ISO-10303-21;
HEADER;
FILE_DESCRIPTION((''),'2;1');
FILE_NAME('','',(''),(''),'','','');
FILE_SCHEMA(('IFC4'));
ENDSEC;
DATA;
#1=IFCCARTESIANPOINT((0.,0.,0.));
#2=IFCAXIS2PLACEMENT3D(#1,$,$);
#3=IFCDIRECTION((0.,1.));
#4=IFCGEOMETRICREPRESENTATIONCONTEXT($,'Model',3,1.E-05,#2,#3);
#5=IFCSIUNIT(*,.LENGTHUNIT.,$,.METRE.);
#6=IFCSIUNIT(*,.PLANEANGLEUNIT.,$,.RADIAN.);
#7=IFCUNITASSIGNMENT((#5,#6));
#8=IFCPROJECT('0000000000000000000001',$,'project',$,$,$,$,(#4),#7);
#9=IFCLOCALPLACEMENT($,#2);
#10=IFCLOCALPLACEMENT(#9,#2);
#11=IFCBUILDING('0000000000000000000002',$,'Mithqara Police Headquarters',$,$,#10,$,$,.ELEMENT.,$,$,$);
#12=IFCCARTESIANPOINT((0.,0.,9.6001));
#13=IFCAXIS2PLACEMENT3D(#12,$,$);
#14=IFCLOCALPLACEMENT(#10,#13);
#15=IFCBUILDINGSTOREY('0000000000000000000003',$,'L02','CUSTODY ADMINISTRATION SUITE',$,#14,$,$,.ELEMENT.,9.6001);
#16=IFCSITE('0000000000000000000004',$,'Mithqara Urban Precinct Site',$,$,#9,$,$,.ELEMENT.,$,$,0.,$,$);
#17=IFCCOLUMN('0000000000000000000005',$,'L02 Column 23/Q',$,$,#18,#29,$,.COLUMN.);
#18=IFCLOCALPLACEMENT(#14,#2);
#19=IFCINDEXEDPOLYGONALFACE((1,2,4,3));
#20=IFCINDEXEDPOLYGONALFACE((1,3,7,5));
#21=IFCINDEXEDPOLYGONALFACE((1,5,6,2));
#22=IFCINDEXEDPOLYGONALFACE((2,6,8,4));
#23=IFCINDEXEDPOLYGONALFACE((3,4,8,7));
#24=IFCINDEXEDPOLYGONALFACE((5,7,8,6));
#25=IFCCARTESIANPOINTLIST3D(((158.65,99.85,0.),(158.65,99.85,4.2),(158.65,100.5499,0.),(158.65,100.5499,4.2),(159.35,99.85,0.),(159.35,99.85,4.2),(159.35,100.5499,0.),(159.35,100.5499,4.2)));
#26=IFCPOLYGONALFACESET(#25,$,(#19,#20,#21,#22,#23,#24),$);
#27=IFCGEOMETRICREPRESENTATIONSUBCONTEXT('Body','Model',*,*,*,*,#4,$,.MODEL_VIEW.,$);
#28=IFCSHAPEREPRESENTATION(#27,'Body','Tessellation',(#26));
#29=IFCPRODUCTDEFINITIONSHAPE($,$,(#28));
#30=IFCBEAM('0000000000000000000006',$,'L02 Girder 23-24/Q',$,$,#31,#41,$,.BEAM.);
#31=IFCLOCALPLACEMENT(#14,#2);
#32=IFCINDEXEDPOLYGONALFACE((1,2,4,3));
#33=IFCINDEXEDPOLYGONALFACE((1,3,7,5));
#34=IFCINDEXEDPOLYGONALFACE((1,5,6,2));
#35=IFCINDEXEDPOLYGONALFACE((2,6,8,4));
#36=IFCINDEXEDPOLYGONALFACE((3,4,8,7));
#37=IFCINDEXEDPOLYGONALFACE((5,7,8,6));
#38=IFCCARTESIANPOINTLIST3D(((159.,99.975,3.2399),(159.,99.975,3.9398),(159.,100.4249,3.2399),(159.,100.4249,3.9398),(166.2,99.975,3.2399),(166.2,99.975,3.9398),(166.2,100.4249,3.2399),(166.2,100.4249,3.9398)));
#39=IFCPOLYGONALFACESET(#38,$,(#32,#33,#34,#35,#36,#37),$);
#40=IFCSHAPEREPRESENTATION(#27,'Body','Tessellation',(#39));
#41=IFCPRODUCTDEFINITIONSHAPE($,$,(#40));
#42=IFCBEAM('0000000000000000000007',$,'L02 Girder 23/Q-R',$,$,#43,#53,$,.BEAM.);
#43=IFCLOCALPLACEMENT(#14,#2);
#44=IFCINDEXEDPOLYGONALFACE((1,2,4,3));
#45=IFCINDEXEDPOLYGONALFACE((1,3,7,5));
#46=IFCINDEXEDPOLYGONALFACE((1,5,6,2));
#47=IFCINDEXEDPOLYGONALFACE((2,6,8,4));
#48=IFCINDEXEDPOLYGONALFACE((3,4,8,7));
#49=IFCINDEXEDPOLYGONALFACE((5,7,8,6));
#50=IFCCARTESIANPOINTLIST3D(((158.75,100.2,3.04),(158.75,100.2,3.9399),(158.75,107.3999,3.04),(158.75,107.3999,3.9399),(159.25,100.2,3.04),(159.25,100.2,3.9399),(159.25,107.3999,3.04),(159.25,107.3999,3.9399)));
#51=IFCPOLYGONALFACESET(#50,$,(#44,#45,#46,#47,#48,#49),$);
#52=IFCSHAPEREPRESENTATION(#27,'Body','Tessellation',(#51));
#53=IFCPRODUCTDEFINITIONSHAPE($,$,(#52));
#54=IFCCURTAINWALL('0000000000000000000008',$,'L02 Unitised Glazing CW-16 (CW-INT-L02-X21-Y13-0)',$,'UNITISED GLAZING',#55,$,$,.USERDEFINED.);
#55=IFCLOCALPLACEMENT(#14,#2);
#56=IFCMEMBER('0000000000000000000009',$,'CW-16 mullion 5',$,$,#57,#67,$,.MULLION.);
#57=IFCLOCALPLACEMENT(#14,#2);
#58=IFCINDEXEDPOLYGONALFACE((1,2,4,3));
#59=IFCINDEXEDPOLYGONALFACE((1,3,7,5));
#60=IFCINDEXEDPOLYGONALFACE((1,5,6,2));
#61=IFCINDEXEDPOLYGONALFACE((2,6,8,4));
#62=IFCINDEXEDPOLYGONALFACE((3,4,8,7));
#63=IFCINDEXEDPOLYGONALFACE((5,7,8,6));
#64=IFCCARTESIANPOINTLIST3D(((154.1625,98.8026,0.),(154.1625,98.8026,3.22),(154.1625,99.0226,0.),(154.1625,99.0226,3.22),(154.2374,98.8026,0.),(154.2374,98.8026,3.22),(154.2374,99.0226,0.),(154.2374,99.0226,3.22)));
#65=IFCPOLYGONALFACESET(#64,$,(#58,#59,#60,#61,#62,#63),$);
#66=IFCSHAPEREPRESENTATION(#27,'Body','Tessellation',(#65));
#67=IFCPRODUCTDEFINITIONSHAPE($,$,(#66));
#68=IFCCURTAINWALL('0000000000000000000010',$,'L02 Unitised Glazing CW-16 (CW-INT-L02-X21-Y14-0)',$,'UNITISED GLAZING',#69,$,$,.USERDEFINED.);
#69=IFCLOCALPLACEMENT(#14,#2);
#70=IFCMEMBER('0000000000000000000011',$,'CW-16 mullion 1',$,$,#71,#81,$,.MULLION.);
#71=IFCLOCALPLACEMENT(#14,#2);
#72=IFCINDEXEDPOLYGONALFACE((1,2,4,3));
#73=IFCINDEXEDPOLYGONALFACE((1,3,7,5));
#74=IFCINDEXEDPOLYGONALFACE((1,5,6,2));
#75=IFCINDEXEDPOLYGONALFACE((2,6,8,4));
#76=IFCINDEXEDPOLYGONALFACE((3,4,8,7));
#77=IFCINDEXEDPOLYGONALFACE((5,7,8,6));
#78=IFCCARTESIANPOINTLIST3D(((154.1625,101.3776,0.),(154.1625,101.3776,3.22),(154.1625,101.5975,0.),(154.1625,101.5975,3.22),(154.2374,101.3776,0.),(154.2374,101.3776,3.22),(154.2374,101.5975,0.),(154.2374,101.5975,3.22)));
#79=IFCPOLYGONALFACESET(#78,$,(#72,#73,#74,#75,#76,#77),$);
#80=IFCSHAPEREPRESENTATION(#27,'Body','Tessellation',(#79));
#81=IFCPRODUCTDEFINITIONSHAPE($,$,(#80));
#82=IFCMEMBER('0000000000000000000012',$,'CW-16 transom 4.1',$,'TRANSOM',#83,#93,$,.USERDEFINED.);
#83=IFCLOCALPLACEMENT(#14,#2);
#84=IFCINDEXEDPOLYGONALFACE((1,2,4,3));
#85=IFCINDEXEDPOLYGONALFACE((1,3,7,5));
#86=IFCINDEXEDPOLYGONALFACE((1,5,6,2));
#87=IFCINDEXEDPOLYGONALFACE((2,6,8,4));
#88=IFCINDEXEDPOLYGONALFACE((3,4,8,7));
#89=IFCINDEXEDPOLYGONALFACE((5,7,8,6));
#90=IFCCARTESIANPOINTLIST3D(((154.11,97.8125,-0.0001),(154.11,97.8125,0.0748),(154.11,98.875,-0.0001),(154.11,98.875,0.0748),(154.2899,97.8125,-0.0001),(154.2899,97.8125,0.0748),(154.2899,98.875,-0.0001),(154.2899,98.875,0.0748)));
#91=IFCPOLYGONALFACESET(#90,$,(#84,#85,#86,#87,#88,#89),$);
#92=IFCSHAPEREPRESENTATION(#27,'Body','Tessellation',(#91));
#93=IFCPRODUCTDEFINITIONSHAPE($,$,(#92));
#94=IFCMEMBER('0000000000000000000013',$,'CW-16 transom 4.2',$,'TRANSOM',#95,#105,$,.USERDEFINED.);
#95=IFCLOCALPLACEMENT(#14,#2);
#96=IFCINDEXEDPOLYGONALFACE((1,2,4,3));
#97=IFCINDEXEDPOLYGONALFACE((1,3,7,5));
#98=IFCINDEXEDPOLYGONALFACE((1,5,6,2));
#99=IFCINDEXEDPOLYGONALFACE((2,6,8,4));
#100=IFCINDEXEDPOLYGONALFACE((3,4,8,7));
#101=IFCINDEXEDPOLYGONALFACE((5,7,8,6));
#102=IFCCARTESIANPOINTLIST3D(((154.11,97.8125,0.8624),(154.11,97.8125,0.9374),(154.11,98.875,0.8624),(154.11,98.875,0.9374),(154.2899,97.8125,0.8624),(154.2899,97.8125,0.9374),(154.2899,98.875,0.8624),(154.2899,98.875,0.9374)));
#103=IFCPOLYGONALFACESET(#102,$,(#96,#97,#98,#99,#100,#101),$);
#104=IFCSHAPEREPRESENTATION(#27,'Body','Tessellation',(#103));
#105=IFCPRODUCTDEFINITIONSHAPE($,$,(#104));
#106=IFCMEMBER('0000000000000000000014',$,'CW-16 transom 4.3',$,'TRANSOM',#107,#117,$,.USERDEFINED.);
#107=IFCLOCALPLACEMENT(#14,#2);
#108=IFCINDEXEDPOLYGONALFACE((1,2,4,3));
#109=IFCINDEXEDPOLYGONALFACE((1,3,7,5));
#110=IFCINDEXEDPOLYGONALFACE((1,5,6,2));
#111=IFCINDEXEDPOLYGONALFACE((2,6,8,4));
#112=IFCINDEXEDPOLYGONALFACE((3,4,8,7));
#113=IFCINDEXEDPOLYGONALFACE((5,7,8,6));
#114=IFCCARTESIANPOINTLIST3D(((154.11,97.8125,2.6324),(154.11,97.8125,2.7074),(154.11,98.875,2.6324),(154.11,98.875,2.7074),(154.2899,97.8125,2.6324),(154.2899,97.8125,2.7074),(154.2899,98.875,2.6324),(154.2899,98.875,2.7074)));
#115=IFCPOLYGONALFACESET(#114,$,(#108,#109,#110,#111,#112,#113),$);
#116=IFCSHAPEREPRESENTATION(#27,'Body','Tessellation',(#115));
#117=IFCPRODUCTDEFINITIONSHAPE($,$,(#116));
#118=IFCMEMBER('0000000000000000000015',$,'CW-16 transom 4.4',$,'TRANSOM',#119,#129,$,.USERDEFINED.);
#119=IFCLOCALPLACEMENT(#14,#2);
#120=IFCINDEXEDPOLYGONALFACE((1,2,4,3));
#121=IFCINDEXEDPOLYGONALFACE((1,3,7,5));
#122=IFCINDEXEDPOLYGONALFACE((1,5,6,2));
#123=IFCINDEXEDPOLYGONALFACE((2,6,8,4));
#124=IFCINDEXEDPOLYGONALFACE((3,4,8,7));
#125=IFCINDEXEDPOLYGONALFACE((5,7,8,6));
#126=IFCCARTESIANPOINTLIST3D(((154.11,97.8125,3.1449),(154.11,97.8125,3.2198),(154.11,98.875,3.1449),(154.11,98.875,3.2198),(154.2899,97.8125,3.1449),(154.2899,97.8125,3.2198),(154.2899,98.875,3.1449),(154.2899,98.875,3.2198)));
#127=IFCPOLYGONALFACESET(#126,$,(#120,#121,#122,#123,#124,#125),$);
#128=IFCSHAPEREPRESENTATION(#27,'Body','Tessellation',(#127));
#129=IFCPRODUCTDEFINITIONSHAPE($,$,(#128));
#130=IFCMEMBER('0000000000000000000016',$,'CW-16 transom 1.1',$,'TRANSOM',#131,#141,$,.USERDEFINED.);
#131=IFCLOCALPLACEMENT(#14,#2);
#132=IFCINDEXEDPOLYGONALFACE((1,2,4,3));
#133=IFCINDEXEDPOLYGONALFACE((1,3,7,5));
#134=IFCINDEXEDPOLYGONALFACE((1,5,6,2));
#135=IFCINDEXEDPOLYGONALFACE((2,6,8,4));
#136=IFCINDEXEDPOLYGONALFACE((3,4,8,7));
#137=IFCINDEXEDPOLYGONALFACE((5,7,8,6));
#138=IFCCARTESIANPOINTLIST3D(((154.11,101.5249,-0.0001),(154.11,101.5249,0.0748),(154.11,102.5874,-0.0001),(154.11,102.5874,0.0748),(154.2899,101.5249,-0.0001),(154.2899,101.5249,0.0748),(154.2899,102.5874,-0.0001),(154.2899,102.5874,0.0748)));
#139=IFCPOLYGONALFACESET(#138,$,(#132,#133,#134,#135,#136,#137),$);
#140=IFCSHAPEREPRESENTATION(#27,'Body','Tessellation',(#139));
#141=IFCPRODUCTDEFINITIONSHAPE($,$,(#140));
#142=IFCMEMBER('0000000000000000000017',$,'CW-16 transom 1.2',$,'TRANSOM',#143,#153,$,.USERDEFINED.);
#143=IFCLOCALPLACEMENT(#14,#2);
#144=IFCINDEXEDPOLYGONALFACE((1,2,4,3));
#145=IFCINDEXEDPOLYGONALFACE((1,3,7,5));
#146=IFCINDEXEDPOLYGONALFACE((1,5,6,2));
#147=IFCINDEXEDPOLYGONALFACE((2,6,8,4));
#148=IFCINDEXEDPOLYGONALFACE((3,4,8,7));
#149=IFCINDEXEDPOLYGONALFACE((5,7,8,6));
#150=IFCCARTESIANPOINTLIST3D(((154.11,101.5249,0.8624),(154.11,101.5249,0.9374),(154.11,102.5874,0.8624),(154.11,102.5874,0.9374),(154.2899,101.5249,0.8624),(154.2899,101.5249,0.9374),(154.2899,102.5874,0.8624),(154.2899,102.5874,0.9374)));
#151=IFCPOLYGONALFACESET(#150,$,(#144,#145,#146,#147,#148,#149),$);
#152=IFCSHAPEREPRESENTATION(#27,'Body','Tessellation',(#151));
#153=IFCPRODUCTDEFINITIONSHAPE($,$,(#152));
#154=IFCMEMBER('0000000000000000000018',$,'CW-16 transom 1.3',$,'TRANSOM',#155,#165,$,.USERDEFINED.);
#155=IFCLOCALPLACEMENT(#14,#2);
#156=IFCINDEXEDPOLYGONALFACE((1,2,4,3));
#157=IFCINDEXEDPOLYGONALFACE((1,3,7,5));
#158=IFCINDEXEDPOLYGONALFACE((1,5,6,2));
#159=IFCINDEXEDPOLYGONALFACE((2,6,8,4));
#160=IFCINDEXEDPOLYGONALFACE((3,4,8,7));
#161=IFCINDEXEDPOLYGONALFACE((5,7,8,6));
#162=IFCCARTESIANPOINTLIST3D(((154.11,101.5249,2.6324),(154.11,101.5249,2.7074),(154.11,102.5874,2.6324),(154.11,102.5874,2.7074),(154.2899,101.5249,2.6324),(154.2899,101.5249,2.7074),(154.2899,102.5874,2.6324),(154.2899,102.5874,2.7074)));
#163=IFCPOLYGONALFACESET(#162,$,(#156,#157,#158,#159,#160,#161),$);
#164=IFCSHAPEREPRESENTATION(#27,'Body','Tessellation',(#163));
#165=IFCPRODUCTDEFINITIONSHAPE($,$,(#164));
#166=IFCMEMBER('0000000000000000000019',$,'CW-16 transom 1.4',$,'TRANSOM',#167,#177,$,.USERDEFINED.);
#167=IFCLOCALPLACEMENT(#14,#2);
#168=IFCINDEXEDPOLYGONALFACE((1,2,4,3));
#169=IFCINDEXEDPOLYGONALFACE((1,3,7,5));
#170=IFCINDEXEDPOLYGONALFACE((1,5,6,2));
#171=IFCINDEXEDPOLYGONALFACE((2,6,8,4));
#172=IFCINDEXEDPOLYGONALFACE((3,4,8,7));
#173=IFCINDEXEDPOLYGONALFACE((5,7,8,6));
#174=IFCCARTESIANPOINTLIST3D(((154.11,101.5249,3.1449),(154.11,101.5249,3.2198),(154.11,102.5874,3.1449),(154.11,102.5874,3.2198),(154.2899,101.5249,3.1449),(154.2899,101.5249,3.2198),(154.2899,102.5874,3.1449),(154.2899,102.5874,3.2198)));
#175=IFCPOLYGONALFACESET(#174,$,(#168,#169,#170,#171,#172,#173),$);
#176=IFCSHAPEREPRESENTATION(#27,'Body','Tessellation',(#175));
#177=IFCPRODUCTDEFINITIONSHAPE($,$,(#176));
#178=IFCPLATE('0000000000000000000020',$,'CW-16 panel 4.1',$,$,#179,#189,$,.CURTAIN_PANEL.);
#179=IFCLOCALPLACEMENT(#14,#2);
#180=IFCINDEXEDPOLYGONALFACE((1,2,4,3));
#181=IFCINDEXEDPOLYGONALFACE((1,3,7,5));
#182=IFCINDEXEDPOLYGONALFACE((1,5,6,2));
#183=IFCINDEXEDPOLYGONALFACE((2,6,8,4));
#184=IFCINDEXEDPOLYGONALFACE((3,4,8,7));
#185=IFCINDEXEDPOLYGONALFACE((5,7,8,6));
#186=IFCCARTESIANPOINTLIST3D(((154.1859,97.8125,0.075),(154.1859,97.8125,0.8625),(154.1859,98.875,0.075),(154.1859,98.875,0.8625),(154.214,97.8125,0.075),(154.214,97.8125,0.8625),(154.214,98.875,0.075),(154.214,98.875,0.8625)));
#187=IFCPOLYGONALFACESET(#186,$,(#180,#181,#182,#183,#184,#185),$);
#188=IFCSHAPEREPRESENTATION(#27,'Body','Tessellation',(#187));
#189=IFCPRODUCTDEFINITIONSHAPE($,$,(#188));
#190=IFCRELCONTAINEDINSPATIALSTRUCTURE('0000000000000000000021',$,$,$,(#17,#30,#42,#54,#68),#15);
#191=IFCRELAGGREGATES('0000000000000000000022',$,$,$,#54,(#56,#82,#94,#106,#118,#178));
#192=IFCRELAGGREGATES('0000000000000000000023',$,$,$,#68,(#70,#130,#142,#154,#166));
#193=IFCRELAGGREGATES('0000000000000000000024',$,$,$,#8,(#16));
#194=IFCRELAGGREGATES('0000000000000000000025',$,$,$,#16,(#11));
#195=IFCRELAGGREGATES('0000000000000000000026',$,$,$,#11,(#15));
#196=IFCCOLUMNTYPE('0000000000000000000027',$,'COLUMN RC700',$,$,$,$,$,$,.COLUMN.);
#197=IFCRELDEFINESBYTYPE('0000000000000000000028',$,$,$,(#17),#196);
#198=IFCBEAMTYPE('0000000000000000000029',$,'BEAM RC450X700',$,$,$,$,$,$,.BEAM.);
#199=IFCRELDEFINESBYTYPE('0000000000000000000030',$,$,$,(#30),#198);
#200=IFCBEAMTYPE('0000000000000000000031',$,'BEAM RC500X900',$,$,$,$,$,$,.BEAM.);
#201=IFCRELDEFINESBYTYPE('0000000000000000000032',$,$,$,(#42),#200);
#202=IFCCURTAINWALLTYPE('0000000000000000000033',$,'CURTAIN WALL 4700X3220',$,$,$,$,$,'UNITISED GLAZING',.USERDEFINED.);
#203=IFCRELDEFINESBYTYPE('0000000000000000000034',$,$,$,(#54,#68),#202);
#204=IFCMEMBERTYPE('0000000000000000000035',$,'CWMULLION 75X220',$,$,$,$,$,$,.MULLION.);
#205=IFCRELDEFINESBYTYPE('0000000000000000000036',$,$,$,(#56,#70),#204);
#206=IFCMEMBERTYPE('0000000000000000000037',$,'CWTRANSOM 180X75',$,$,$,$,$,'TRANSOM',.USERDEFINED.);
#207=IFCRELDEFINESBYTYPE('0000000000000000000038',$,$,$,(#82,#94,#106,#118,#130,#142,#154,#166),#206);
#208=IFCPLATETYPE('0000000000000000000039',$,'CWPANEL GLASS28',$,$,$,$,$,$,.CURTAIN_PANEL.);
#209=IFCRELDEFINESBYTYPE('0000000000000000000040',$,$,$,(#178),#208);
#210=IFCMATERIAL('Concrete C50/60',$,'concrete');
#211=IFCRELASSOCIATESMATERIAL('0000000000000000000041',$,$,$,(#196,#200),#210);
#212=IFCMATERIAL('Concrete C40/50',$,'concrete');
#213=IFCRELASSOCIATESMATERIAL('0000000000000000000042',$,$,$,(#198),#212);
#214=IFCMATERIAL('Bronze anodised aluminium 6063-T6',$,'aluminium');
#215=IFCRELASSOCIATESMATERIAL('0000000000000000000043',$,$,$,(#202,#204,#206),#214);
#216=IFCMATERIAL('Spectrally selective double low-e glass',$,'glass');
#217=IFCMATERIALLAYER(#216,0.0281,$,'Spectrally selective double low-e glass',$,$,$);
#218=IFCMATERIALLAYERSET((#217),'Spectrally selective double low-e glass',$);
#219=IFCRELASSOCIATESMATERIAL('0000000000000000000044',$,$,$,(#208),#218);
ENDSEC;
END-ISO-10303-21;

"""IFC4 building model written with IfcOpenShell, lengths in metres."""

from ifc_helpers import new_model, si_unit, direction, frame, origin, origin_2d, place, context, subcontext, project, spatial, rectangle, extrude, material, layer, layer_set, material_profile, profile_set, type_object, element, aggregate, save


model = new_model("IFC4")

# Units and contexts
model_context = context("Model", 3, precision=1e-05, world=origin(), true_north=direction((0.0, 1.0)))
body_context = subcontext(model_context, "Body", "Model", "MODEL_VIEW")
ifc_project = project(units=[si_unit("LENGTHUNIT", "METRE"), si_unit("PLANEANGLEUNIT", "RADIAN")], contexts=[model_context])

# Site, building, storey
site_placement = place(None, origin())
site = spatial("IfcSite", under=ifc_project, at=site_placement, Name="Mithqara Urban Precinct Site", CompositionType="ELEMENT", RefElevation=0.0)
building_placement = place(site_placement, origin())
building = spatial("IfcBuilding", under=site, at=building_placement, Name="Mithqara Police Headquarters", CompositionType="ELEMENT")
storey_placement = place(building_placement, frame((0.0, 0.0, 9.6001)))
storey = spatial("IfcBuildingStorey", under=building, at=storey_placement, Name="L02", Description="CUSTODY ADMINISTRATION SUITE", CompositionType="ELEMENT", Elevation=9.6001)

# Column
ifc_material_1 = material(Name="Concrete C50/60", Category="concrete")
ifc_material_profile_1 = material_profile(ifc_material_1, rectangle(XDim=0.7, YDim=0.7, at=origin_2d()), Name="RC 700x700")
ifc_profile_set_1 = profile_set([ifc_material_profile_1], Name="Concrete C50/60")
column_type = type_object("IfcColumnType", Name="COLUMN RC700", PredefinedType="COLUMN", material=ifc_profile_set_1)
column_placement = place(storey_placement, frame((159.0, 100.2, 0.0), z_axis=(0.0, 0.0, 1.0), x_axis=(1.0, 0.0, 0.0)))
element("IfcColumn", 1, at=column_placement, inside=storey, type_object=column_type, Name="L02 Column 23/Q", PredefinedType="COLUMN", context=body_context, shape_type="SweptSolid", body=[
    extrude(rectangle(XDim=0.7, YDim=0.7, at=origin_2d()), origin(), (0.0, 0.0, 1.0), 4.2),
])

# Beams
ifc_material_2 = material(Name="Concrete C40/50", Category="concrete")
ifc_material_profile_2 = material_profile(ifc_material_2, rectangle(XDim=0.45, YDim=0.7, at=origin_2d()), Name="RC 450x700")
ifc_profile_set_2 = profile_set([ifc_material_profile_2], Name="Concrete C40/50")
beam_type_1 = type_object("IfcBeamType", Name="BEAM RC450X700", PredefinedType="BEAM", material=ifc_profile_set_2)
beam_1_placement = place(storey_placement, frame((159.0, 100.2, 3.5898), z_axis=(1.0, 0.0, 0.0), x_axis=(0.0, 1.0, 0.0)))
element("IfcBeam", 2, at=beam_1_placement, inside=storey, type_object=beam_type_1, Name="L02 Girder 23-24/Q", PredefinedType="BEAM", context=body_context, shape_type="SweptSolid", body=[
    extrude(rectangle(XDim=0.45, YDim=0.7, at=origin_2d()), origin(), (0.0, 0.0, 1.0), 7.2),
])
ifc_material_profile_3 = material_profile(ifc_material_1, rectangle(XDim=0.5, YDim=0.8999, at=origin_2d()), Name="RC 500x900")
ifc_profile_set_3 = profile_set([ifc_material_profile_3], Name="Concrete C50/60")
beam_type_2 = type_object("IfcBeamType", Name="BEAM RC500X900", PredefinedType="BEAM", material=ifc_profile_set_3)
beam_2_placement = place(storey_placement, frame((159.0, 100.2, 3.49), z_axis=(0.0, 1.0, 0.0), x_axis=(-1.0, 0.0, 0.0)))
element("IfcBeam", 3, at=beam_2_placement, inside=storey, type_object=beam_type_2, Name="L02 Girder 23/Q-R", PredefinedType="BEAM", context=body_context, shape_type="SweptSolid", body=[
    extrude(rectangle(XDim=0.5, YDim=0.8999, at=origin_2d()), origin(), (0.0, 0.0, 1.0), 7.2),
])

# Curtain walls, members
ifc_material_3 = material(Name="Bronze anodised aluminium 6063-T6", Category="aluminium")
curtain_wall_type = type_object("IfcCurtainWallType", Name="CURTAIN WALL 4700X3220", ElementType="UNITISED GLAZING", PredefinedType="USERDEFINED", material=ifc_material_3)
curtain_wall_1_placement = place(storey_placement, origin())
curtain_wall_1 = element("IfcCurtainWall", 4, at=curtain_wall_1_placement, inside=storey, type_object=curtain_wall_type, Name="L02 Unitised Glazing CW-16 (CW-INT-L02-X21-Y13-0)", ObjectType="UNITISED GLAZING", PredefinedType="USERDEFINED")
ifc_material_profile_4 = material_profile(ifc_material_3, rectangle(XDim=0.075, YDim=0.22, at=origin_2d()), Name="CWM 75x220")
ifc_profile_set_4 = profile_set([ifc_material_profile_4], Name="Bronze anodised aluminium 6063-T6")
member_type_1 = type_object("IfcMemberType", Name="CWMULLION 75X220", PredefinedType="MULLION", material=ifc_profile_set_4)
member_1_placement = place(storey_placement, frame((154.2, 98.9126, 0.0), z_axis=(0.0, 0.0, 1.0), x_axis=(-1.0, 0.0, 0.0)))
member_1 = element("IfcMember", 5, at=member_1_placement, type_object=member_type_1, Name="CW-16 mullion 5", PredefinedType="MULLION", context=body_context, shape_type="SweptSolid", body=[
    extrude(rectangle(XDim=0.075, YDim=0.22, at=origin_2d()), origin(), (0.0, 0.0, 1.0), 3.22),
])
curtain_wall_2_placement = place(storey_placement, origin())
curtain_wall_2 = element("IfcCurtainWall", 6, at=curtain_wall_2_placement, inside=storey, type_object=curtain_wall_type, Name="L02 Unitised Glazing CW-16 (CW-INT-L02-X21-Y14-0)", ObjectType="UNITISED GLAZING", PredefinedType="USERDEFINED")
member_2_placement = place(storey_placement, frame((154.2, 101.4875, 0.0), z_axis=(0.0, 0.0, 1.0), x_axis=(-1.0, 0.0, 0.0)))
member_2 = element("IfcMember", 7, at=member_2_placement, type_object=member_type_1, Name="CW-16 mullion 1", PredefinedType="MULLION", context=body_context, shape_type="SweptSolid", body=[
    extrude(rectangle(XDim=0.075, YDim=0.22, at=origin_2d()), origin(), (0.0, 0.0, 1.0), 3.22),
])

# Members
ifc_material_profile_5 = material_profile(ifc_material_3, rectangle(XDim=0.1799, YDim=0.075, at=origin_2d()), Name="CWT 180x75")
ifc_profile_set_5 = profile_set([ifc_material_profile_5], Name="Bronze anodised aluminium 6063-T6")
member_type_2 = type_object("IfcMemberType", Name="CWTRANSOM 180X75", ElementType="TRANSOM", PredefinedType="USERDEFINED", material=ifc_profile_set_5)
member_3_placement = place(storey_placement, frame((154.2, 97.8125, 0.0374), z_axis=(0.0, 1.0, 0.0), x_axis=(-1.0, 0.0, 0.0)))
member_3 = element("IfcMember", 8, at=member_3_placement, type_object=member_type_2, Name="CW-16 transom 4.1", ObjectType="TRANSOM", PredefinedType="USERDEFINED", context=body_context, shape_type="SweptSolid", body=[
    extrude(rectangle(XDim=0.1799, YDim=0.075, at=origin_2d()), origin(), (0.0, 0.0, 1.0), 1.0625),
])
member_4_placement = place(storey_placement, frame((154.2, 97.8125, 0.8999), z_axis=(0.0, 1.0, 0.0), x_axis=(-1.0, 0.0, 0.0)))
member_4 = element("IfcMember", 9, at=member_4_placement, type_object=member_type_2, Name="CW-16 transom 4.2", ObjectType="TRANSOM", PredefinedType="USERDEFINED", context=body_context, shape_type="SweptSolid", body=[
    extrude(rectangle(XDim=0.1799, YDim=0.075, at=origin_2d()), origin(), (0.0, 0.0, 1.0), 1.0625),
])
member_5_placement = place(storey_placement, frame((154.2, 97.8125, 2.6699), z_axis=(0.0, 1.0, 0.0), x_axis=(-1.0, 0.0, 0.0)))
member_5 = element("IfcMember", 10, at=member_5_placement, type_object=member_type_2, Name="CW-16 transom 4.3", ObjectType="TRANSOM", PredefinedType="USERDEFINED", context=body_context, shape_type="SweptSolid", body=[
    extrude(rectangle(XDim=0.1799, YDim=0.075, at=origin_2d()), origin(), (0.0, 0.0, 1.0), 1.0625),
])
member_6_placement = place(storey_placement, frame((154.2, 97.8125, 3.1824), z_axis=(0.0, 1.0, 0.0), x_axis=(-1.0, 0.0, 0.0)))
member_6 = element("IfcMember", 11, at=member_6_placement, type_object=member_type_2, Name="CW-16 transom 4.4", ObjectType="TRANSOM", PredefinedType="USERDEFINED", context=body_context, shape_type="SweptSolid", body=[
    extrude(rectangle(XDim=0.1799, YDim=0.075, at=origin_2d()), origin(), (0.0, 0.0, 1.0), 1.0625),
])
member_7_placement = place(storey_placement, frame((154.2, 101.5249, 0.0374), z_axis=(0.0, 1.0, 0.0), x_axis=(-1.0, 0.0, 0.0)))
member_7 = element("IfcMember", 12, at=member_7_placement, type_object=member_type_2, Name="CW-16 transom 1.1", ObjectType="TRANSOM", PredefinedType="USERDEFINED", context=body_context, shape_type="SweptSolid", body=[
    extrude(rectangle(XDim=0.1799, YDim=0.075, at=origin_2d()), origin(), (0.0, 0.0, 1.0), 1.0625),
])
member_8_placement = place(storey_placement, frame((154.2, 101.5249, 0.8999), z_axis=(0.0, 1.0, 0.0), x_axis=(-1.0, 0.0, 0.0)))
member_8 = element("IfcMember", 13, at=member_8_placement, type_object=member_type_2, Name="CW-16 transom 1.2", ObjectType="TRANSOM", PredefinedType="USERDEFINED", context=body_context, shape_type="SweptSolid", body=[
    extrude(rectangle(XDim=0.1799, YDim=0.075, at=origin_2d()), origin(), (0.0, 0.0, 1.0), 1.0625),
])
member_9_placement = place(storey_placement, frame((154.2, 101.5249, 2.6699), z_axis=(0.0, 1.0, 0.0), x_axis=(-1.0, 0.0, 0.0)))
member_9 = element("IfcMember", 14, at=member_9_placement, type_object=member_type_2, Name="CW-16 transom 1.3", ObjectType="TRANSOM", PredefinedType="USERDEFINED", context=body_context, shape_type="SweptSolid", body=[
    extrude(rectangle(XDim=0.1799, YDim=0.075, at=origin_2d()), origin(), (0.0, 0.0, 1.0), 1.0625),
])
member_10_placement = place(storey_placement, frame((154.2, 101.5249, 3.1824), z_axis=(0.0, 1.0, 0.0), x_axis=(-1.0, 0.0, 0.0)))
member_10 = element("IfcMember", 15, at=member_10_placement, type_object=member_type_2, Name="CW-16 transom 1.4", ObjectType="TRANSOM", PredefinedType="USERDEFINED", context=body_context, shape_type="SweptSolid", body=[
    extrude(rectangle(XDim=0.1799, YDim=0.075, at=origin_2d()), origin(), (0.0, 0.0, 1.0), 1.0625),
])

# Plate
ifc_material_4 = material(Name="Spectrally selective double low-e glass", Category="glass")
ifc_layer_1 = layer(ifc_material_4, 0.0281, Name="Spectrally selective double low-e glass")
ifc_layer_set_1 = layer_set([ifc_layer_1], Name="Spectrally selective double low-e glass")
plate_type = type_object("IfcPlateType", Name="CWPANEL GLASS28", PredefinedType="CURTAIN_PANEL", material=ifc_layer_set_1)
plate_1_placement = place(storey_placement, frame((154.2, 98.3438, 0.075), z_axis=(0.0, 0.0, 1.0), x_axis=(0.0, 1.0, 0.0)))
plate_1 = element("IfcPlate", 16, at=plate_1_placement, type_object=plate_type, Name="CW-16 panel 4.1", PredefinedType="CURTAIN_PANEL", context=body_context, shape_type="SweptSolid", body=[
    extrude(rectangle(XDim=1.0625, YDim=0.0281, at=origin_2d()), origin(), (0.0, 0.0, 1.0), 0.7876),
])
aggregate(curtain_wall_1, [member_1, member_3, member_4, member_5, member_6, plate_1])
aggregate(curtain_wall_2, [member_2, member_7, member_8, member_9, member_10])

save(model, "model.ifc")
